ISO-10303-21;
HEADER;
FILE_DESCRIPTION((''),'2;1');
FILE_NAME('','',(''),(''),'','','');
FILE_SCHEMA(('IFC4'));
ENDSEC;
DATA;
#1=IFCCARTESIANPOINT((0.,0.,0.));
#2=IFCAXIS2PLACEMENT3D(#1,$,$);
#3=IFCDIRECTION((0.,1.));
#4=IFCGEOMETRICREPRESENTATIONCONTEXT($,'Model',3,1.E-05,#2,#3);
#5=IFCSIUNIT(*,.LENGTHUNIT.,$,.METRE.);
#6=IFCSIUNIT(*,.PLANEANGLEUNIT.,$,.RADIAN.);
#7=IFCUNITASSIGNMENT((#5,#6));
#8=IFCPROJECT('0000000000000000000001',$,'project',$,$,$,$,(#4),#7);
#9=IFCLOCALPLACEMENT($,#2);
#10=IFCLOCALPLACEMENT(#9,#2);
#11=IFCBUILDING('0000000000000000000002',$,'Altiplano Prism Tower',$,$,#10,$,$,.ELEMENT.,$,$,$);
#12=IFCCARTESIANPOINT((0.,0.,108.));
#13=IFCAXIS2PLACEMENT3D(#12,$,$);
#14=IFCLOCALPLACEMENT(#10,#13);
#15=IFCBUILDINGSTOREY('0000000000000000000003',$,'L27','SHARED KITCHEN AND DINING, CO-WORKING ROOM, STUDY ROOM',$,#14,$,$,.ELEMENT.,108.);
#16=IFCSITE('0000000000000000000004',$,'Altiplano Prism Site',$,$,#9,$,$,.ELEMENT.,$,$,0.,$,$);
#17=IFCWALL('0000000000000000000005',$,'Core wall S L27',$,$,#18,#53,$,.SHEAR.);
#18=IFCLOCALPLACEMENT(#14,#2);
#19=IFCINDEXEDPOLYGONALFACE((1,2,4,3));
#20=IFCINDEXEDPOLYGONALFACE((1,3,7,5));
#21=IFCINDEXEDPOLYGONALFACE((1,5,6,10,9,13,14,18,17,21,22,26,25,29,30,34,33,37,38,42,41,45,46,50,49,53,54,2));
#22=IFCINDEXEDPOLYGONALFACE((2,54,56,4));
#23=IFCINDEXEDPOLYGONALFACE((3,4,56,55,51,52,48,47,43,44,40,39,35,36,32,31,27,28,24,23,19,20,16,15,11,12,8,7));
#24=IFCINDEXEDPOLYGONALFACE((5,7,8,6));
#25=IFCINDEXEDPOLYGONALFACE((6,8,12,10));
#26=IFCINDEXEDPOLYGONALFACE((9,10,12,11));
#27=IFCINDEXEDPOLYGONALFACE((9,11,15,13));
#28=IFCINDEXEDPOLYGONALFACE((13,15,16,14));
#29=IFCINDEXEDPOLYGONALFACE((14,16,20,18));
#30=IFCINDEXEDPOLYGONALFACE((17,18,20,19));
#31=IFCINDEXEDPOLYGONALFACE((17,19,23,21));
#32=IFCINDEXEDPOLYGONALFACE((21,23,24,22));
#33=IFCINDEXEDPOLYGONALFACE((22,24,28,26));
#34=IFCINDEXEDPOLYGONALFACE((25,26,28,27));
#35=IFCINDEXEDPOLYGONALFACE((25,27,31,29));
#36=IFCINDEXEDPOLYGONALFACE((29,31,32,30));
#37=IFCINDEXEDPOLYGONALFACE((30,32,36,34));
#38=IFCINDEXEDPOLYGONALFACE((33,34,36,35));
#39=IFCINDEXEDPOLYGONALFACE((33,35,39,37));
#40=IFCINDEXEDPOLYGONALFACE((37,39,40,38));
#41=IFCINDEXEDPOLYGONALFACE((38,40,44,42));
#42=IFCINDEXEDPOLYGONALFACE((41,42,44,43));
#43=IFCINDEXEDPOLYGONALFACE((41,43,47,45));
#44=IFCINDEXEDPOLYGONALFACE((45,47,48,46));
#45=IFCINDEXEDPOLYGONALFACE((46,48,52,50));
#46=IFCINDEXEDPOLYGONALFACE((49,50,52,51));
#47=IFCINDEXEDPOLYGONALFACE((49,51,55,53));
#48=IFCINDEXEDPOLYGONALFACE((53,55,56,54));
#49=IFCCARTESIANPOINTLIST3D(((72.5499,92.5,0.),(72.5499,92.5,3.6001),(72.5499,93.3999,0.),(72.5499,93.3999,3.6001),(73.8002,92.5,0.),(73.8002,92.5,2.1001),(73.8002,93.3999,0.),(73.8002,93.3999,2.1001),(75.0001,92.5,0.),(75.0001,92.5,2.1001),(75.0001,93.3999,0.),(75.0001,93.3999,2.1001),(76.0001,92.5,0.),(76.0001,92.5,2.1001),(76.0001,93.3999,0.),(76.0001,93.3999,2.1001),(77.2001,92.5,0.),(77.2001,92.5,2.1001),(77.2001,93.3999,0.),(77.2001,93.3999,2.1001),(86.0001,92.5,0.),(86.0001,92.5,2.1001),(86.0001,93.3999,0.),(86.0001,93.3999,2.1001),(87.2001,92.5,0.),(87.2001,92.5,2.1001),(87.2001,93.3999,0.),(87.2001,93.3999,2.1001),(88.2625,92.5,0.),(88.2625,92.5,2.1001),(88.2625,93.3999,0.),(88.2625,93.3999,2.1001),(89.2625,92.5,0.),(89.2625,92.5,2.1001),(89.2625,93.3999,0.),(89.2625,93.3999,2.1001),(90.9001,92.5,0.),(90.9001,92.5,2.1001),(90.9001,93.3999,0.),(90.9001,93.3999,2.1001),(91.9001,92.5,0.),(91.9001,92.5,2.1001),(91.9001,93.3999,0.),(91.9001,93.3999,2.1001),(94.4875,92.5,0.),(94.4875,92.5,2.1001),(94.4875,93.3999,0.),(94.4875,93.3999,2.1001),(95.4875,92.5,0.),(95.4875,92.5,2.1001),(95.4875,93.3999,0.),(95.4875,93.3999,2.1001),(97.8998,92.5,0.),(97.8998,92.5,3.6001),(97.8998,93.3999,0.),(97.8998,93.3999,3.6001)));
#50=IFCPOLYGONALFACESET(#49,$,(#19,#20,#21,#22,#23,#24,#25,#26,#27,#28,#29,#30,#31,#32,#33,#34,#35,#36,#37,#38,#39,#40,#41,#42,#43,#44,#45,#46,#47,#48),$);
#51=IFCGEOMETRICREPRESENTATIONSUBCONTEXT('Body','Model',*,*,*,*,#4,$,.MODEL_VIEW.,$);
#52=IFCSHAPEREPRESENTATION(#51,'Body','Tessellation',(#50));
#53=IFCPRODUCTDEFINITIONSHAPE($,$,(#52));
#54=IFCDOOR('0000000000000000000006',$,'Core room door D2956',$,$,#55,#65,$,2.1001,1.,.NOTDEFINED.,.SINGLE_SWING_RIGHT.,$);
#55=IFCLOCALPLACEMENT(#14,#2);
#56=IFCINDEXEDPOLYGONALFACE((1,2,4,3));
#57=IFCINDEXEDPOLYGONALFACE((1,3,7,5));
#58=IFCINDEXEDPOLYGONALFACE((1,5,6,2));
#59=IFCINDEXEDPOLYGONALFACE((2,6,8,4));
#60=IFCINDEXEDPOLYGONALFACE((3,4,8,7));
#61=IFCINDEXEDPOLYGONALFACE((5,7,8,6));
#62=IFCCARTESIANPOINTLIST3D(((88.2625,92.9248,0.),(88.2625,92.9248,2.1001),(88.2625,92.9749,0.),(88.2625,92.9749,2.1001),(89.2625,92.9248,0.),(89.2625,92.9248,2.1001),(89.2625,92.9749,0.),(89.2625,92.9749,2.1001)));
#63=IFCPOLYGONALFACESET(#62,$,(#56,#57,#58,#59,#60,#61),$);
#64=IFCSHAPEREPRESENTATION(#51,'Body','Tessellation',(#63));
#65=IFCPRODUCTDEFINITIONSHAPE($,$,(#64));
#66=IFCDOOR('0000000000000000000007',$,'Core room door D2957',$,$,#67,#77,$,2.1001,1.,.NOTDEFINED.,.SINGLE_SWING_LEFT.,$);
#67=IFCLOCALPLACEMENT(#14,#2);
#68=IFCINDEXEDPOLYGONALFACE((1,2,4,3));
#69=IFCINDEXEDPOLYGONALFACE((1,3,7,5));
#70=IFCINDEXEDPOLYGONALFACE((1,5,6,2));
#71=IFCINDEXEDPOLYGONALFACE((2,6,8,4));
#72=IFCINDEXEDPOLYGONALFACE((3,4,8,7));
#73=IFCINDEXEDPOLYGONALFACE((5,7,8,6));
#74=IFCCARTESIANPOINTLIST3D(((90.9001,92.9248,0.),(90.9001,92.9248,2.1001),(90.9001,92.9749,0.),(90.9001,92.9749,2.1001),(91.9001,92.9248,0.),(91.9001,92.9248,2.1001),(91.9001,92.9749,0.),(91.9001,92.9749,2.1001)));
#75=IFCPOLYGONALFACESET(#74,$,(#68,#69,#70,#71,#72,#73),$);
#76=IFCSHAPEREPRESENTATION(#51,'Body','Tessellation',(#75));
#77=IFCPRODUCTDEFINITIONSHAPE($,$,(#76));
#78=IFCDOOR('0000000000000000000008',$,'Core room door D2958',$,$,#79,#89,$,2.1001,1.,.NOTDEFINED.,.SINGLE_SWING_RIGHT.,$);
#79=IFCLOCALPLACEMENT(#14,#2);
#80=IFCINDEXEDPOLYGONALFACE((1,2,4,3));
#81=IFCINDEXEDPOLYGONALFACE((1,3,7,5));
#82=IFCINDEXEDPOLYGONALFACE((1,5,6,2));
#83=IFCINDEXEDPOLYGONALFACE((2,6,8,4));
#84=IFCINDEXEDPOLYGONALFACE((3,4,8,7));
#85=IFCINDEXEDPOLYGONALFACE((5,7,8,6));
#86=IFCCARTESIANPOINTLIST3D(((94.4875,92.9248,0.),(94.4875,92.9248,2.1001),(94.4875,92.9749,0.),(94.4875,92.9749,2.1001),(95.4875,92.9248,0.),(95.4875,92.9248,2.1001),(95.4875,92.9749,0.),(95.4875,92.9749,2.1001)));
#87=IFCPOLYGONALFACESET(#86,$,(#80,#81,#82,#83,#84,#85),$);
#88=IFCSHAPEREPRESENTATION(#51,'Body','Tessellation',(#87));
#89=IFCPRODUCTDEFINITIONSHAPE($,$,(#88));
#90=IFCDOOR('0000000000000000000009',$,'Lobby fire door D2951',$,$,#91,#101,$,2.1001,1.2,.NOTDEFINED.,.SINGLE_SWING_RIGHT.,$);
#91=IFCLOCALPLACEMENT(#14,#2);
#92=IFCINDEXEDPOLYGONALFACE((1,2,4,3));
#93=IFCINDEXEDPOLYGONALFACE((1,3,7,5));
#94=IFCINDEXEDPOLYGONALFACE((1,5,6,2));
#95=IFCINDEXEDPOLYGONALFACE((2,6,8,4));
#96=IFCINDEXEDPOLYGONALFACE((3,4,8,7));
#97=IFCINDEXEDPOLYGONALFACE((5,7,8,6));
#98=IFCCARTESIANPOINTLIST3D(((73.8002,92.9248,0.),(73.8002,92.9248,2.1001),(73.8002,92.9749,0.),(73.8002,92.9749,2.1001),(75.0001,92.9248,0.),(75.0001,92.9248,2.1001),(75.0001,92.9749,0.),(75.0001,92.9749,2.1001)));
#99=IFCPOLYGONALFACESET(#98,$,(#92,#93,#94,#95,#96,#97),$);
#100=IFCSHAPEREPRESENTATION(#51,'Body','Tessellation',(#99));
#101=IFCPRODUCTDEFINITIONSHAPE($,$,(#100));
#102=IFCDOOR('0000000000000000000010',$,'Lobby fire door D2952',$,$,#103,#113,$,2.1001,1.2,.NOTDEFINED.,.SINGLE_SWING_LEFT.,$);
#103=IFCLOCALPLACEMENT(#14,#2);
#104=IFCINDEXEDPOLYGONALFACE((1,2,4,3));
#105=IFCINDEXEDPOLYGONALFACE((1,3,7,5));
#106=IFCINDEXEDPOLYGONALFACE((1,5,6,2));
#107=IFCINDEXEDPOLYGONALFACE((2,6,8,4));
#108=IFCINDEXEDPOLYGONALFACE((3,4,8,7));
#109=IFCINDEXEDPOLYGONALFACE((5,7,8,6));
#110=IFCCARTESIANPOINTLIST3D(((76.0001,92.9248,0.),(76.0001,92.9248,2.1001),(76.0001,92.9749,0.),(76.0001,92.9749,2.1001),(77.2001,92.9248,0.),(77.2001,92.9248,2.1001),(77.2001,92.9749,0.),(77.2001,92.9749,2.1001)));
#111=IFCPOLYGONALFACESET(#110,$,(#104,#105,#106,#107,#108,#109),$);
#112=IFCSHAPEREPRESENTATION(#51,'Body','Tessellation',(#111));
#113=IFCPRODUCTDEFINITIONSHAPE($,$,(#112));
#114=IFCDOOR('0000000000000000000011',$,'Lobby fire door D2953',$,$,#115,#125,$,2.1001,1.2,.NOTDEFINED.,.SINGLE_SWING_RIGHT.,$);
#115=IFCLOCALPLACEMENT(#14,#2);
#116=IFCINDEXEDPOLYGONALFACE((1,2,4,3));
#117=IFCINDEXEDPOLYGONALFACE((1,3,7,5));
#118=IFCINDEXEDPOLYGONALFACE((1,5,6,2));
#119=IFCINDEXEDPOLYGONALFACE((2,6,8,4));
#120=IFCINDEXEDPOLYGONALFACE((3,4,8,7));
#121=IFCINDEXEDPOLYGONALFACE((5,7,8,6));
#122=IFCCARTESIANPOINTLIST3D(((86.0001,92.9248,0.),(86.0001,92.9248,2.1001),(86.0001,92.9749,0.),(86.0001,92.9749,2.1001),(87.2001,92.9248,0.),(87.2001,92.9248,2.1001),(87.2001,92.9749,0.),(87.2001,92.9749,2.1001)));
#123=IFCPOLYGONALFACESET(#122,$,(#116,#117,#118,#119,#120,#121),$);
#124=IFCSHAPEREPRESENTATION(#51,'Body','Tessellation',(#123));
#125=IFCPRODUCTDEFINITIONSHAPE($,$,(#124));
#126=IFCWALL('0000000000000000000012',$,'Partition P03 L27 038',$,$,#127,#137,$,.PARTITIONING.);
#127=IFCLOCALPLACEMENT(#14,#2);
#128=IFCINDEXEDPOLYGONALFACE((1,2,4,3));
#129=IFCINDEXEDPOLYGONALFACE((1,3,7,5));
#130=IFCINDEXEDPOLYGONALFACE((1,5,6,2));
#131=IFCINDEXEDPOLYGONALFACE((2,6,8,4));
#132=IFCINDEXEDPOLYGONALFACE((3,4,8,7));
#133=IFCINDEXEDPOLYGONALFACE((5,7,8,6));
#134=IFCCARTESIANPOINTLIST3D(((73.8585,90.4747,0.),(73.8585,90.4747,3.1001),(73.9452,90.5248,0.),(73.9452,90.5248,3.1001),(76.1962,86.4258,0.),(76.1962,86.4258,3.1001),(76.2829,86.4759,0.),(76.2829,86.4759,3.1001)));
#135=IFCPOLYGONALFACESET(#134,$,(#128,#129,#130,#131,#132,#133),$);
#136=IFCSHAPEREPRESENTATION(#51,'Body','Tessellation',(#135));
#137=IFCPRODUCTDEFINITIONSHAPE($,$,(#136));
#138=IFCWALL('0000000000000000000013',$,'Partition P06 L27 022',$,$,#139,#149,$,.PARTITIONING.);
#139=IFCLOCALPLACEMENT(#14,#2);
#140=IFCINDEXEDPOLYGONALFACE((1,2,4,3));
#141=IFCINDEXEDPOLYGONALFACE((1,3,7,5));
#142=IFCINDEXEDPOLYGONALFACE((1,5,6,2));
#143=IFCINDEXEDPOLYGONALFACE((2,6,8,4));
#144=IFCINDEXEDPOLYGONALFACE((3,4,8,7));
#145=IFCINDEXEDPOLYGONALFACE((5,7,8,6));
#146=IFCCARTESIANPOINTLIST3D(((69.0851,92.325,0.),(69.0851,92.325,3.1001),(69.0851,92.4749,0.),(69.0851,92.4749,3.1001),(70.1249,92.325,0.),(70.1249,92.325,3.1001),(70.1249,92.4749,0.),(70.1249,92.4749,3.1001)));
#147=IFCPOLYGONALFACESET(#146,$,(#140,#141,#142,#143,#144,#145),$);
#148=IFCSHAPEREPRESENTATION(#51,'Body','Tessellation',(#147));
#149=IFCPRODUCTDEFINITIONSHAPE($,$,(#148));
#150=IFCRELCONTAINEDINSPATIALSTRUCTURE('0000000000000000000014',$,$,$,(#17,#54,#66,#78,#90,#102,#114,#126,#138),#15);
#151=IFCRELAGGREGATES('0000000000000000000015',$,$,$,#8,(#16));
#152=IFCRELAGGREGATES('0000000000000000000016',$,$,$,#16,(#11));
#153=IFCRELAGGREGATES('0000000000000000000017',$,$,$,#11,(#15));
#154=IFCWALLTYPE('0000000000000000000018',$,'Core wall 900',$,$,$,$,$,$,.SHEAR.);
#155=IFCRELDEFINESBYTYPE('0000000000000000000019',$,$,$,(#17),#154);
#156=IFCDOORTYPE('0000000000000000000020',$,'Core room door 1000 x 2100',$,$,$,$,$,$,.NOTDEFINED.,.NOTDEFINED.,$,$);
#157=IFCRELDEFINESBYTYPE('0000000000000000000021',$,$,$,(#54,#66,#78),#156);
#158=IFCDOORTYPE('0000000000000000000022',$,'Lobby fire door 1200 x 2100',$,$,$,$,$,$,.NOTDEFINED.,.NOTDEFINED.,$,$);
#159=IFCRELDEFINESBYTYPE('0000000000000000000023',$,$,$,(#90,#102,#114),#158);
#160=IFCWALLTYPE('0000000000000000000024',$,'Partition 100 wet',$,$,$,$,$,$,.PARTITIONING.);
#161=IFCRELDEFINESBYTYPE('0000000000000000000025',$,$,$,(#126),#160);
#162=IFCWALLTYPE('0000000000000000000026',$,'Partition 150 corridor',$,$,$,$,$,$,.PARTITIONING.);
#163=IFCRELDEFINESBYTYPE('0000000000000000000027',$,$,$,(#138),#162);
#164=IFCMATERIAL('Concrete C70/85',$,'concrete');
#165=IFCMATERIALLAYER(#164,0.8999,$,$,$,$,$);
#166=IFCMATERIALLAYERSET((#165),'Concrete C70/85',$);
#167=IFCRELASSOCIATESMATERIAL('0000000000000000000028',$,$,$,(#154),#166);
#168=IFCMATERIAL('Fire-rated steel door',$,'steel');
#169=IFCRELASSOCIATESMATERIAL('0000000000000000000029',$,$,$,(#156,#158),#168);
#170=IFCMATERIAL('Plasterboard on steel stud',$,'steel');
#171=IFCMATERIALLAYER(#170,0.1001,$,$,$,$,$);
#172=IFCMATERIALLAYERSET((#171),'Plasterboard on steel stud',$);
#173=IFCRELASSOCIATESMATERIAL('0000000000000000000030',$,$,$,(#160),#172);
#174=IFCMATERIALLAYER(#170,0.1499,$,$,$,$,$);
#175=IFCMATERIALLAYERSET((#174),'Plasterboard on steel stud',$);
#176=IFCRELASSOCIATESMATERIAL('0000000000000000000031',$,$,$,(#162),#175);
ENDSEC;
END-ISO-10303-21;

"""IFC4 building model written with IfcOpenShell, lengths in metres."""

from ifc_helpers import new_model, si_unit, direction, frame, frame_2d, origin, place, context, subcontext, project, spatial, rectangle, extrude, material, layer, layer_set, type_object, element, fill, save


model = new_model("IFC4")

# Units and contexts
model_context = context("Model", 3, precision=1e-05, world=origin(), true_north=direction((0.0, 1.0)))
body_context = subcontext(model_context, "Body", "Model", "MODEL_VIEW")
ifc_project = project(units=[si_unit("LENGTHUNIT", "METRE"), si_unit("PLANEANGLEUNIT", "RADIAN")], contexts=[model_context])

# Site, building, storey
site_placement = place(None, origin())
site = spatial("IfcSite", under=ifc_project, at=site_placement, Name="Altiplano Prism Site", CompositionType="ELEMENT", RefElevation=0.0)
building_placement = place(site_placement, origin())
building = spatial("IfcBuilding", under=site, at=building_placement, Name="Altiplano Prism Tower", CompositionType="ELEMENT")
storey_placement = place(building_placement, frame((0.0, 0.0, 108.0)))
storey = spatial("IfcBuildingStorey", under=building, at=storey_placement, Name="L27", Description="SHARED KITCHEN AND DINING, CO-WORKING ROOM, STUDY ROOM", CompositionType="ELEMENT", Elevation=108.0)

# Wall, openings, doors
ifc_material_1 = material(Name="Concrete C70/85", Category="concrete")
ifc_layer_1 = layer(ifc_material_1, 0.8999)
ifc_layer_set_1 = layer_set([ifc_layer_1], Name="Concrete C70/85")
wall_type_1 = type_object("IfcWallType", Name="Core wall 900", PredefinedType="SHEAR", material=ifc_layer_set_1)
wall_1_placement = place(storey_placement, frame((72.55, 92.95, 0.0), z_axis=(0.0, 0.0, 1.0), x_axis=(1.0, 0.0, 0.0)))
wall_1 = element("IfcWall", 1, at=wall_1_placement, inside=storey, type_object=wall_type_1, Name="Core wall S L27", PredefinedType="SHEAR", context=body_context, shape_type="SweptSolid", body=[
    extrude(rectangle(XDim=25.3499, YDim=0.8999, at=frame_2d((12.6748, 0.0))), origin(), (0.0, 0.0, 1.0), 3.6001),
])
opening_1_placement = place(wall_1_placement, frame((1.25, 0.0, 0.0)))
opening_1 = element("IfcOpeningElement", 2, at=opening_1_placement, cuts=wall_1, PredefinedType="OPENING", context=body_context, shape_type="SweptSolid", body=[
    extrude(rectangle(XDim=1.2, YDim=2.1001, at=frame_2d((0.6001, 1.05))), frame((0.0, 0.4604, 0.0), z_axis=(0.0, -1.0, 0.0), x_axis=(1.0, 0.0, 0.0)), (0.0, 0.0, 1.0), 0.9209),
])
opening_2_placement = place(wall_1_placement, frame((3.45, 0.0, 0.0)))
opening_2 = element("IfcOpeningElement", 3, at=opening_2_placement, cuts=wall_1, PredefinedType="OPENING", context=body_context, shape_type="SweptSolid", body=[
    extrude(rectangle(XDim=1.2, YDim=2.1001, at=frame_2d((0.6001, 1.05))), frame((0.0, 0.4604, 0.0), z_axis=(0.0, -1.0, 0.0), x_axis=(1.0, 0.0, 0.0)), (0.0, 0.0, 1.0), 0.9209),
])
opening_3_placement = place(wall_1_placement, frame((13.45, 0.0, 0.0)))
opening_3 = element("IfcOpeningElement", 4, at=opening_3_placement, cuts=wall_1, PredefinedType="OPENING", context=body_context, shape_type="SweptSolid", body=[
    extrude(rectangle(XDim=1.2, YDim=2.1001, at=frame_2d((0.6001, 1.05))), frame((0.0, 0.4604, 0.0), z_axis=(0.0, -1.0, 0.0), x_axis=(1.0, 0.0, 0.0)), (0.0, 0.0, 1.0), 0.9209),
])
opening_4_placement = place(wall_1_placement, frame((15.7124, 0.0, 0.0)))
opening_4 = element("IfcOpeningElement", 5, at=opening_4_placement, cuts=wall_1, PredefinedType="OPENING", context=body_context, shape_type="SweptSolid", body=[
    extrude(rectangle(XDim=1.0, YDim=2.1001, at=frame_2d((0.5, 1.05))), frame((0.0, 0.4604, 0.0), z_axis=(0.0, -1.0, 0.0), x_axis=(1.0, 0.0, 0.0)), (0.0, 0.0, 1.0), 0.9209),
])
opening_5_placement = place(wall_1_placement, frame((18.3501, 0.0, 0.0)))
opening_5 = element("IfcOpeningElement", 6, at=opening_5_placement, cuts=wall_1, PredefinedType="OPENING", context=body_context, shape_type="SweptSolid", body=[
    extrude(rectangle(XDim=1.0, YDim=2.1001, at=frame_2d((0.5, 1.05))), frame((0.0, 0.4604, 0.0), z_axis=(0.0, -1.0, 0.0), x_axis=(1.0, 0.0, 0.0)), (0.0, 0.0, 1.0), 0.9209),
])
opening_6_placement = place(wall_1_placement, frame((21.9375, 0.0, 0.0)))
opening_6 = element("IfcOpeningElement", 7, at=opening_6_placement, cuts=wall_1, PredefinedType="OPENING", context=body_context, shape_type="SweptSolid", body=[
    extrude(rectangle(XDim=1.0, YDim=2.1001, at=frame_2d((0.5, 1.05))), frame((0.0, 0.4604, 0.0), z_axis=(0.0, -1.0, 0.0), x_axis=(1.0, 0.0, 0.0)), (0.0, 0.0, 1.0), 0.9209),
])
ifc_material_2 = material(Name="Fire-rated steel door", Category="steel")
door_type_1 = type_object("IfcDoorType", Name="Core room door 1000 x 2100", OperationType="NOTDEFINED", PredefinedType="NOTDEFINED", material=ifc_material_2)
door_1_placement = place(opening_4_placement, origin())
door_1 = element("IfcDoor", 8, at=door_1_placement, inside=storey, type_object=door_type_1, Name="Core room door D2956", OperationType="SINGLE_SWING_RIGHT", OverallHeight=2.1001, OverallWidth=1.0, PredefinedType="NOTDEFINED", context=body_context, shape_type="SweptSolid", body=[
    extrude(rectangle(XDim=1.0, YDim=2.1001, at=frame_2d((0.5, 1.05))), frame((0.0, 0.0249, 0.0), z_axis=(0.0, -1.0, 0.0), x_axis=(1.0, 0.0, 0.0)), (0.0, 0.0, 1.0), 0.05),
])
fill(opening_4, door_1)
door_2_placement = place(opening_5_placement, origin())
door_2 = element("IfcDoor", 9, at=door_2_placement, inside=storey, type_object=door_type_1, Name="Core room door D2957", OperationType="SINGLE_SWING_LEFT", OverallHeight=2.1001, OverallWidth=1.0, PredefinedType="NOTDEFINED", context=body_context, shape_type="SweptSolid", body=[
    extrude(rectangle(XDim=1.0, YDim=2.1001, at=frame_2d((0.5, 1.05))), frame((0.0, 0.0249, 0.0), z_axis=(0.0, -1.0, 0.0), x_axis=(1.0, 0.0, 0.0)), (0.0, 0.0, 1.0), 0.05),
])
fill(opening_5, door_2)
door_3_placement = place(opening_6_placement, origin())
door_3 = element("IfcDoor", 10, at=door_3_placement, inside=storey, type_object=door_type_1, Name="Core room door D2958", OperationType="SINGLE_SWING_RIGHT", OverallHeight=2.1001, OverallWidth=1.0, PredefinedType="NOTDEFINED", context=body_context, shape_type="SweptSolid", body=[
    extrude(rectangle(XDim=1.0, YDim=2.1001, at=frame_2d((0.5, 1.05))), frame((0.0, 0.0249, 0.0), z_axis=(0.0, -1.0, 0.0), x_axis=(1.0, 0.0, 0.0)), (0.0, 0.0, 1.0), 0.05),
])
fill(opening_6, door_3)
door_type_2 = type_object("IfcDoorType", Name="Lobby fire door 1200 x 2100", OperationType="NOTDEFINED", PredefinedType="NOTDEFINED", material=ifc_material_2)
door_4_placement = place(opening_1_placement, origin())
door_4 = element("IfcDoor", 11, at=door_4_placement, inside=storey, type_object=door_type_2, Name="Lobby fire door D2951", OperationType="SINGLE_SWING_RIGHT", OverallHeight=2.1001, OverallWidth=1.2, PredefinedType="NOTDEFINED", context=body_context, shape_type="SweptSolid", body=[
    extrude(rectangle(XDim=1.2, YDim=2.1001, at=frame_2d((0.6001, 1.05))), frame((0.0, 0.0249, 0.0), z_axis=(0.0, -1.0, 0.0), x_axis=(1.0, 0.0, 0.0)), (0.0, 0.0, 1.0), 0.05),
])
fill(opening_1, door_4)
door_5_placement = place(opening_2_placement, origin())
door_5 = element("IfcDoor", 12, at=door_5_placement, inside=storey, type_object=door_type_2, Name="Lobby fire door D2952", OperationType="SINGLE_SWING_LEFT", OverallHeight=2.1001, OverallWidth=1.2, PredefinedType="NOTDEFINED", context=body_context, shape_type="SweptSolid", body=[
    extrude(rectangle(XDim=1.2, YDim=2.1001, at=frame_2d((0.6001, 1.05))), frame((0.0, 0.0249, 0.0), z_axis=(0.0, -1.0, 0.0), x_axis=(1.0, 0.0, 0.0)), (0.0, 0.0, 1.0), 0.05),
])
fill(opening_2, door_5)
door_6_placement = place(opening_3_placement, origin())
door_6 = element("IfcDoor", 13, at=door_6_placement, inside=storey, type_object=door_type_2, Name="Lobby fire door D2953", OperationType="SINGLE_SWING_RIGHT", OverallHeight=2.1001, OverallWidth=1.2, PredefinedType="NOTDEFINED", context=body_context, shape_type="SweptSolid", body=[
    extrude(rectangle(XDim=1.2, YDim=2.1001, at=frame_2d((0.6001, 1.05))), frame((0.0, 0.0249, 0.0), z_axis=(0.0, -1.0, 0.0), x_axis=(1.0, 0.0, 0.0)), (0.0, 0.0, 1.0), 0.05),
])
fill(opening_3, door_6)

# Walls
ifc_material_3 = material(Name="Plasterboard on steel stud", Category="steel")
ifc_layer_2 = layer(ifc_material_3, 0.1001)
ifc_layer_set_2 = layer_set([ifc_layer_2], Name="Plasterboard on steel stud")
wall_type_2 = type_object("IfcWallType", Name="Partition 100 wet", PredefinedType="PARTITIONING", material=ifc_layer_set_2)
wall_2_placement = place(storey_placement, frame((73.9019, 90.4998, 0.0), z_axis=(0.0, 0.0, 1.0), x_axis=(0.500009, -0.86602, 0.0)))
element("IfcWall", 14, at=wall_2_placement, inside=storey, type_object=wall_type_2, Name="Partition P03 L27 038", PredefinedType="PARTITIONING", context=body_context, shape_type="SweptSolid", body=[
    extrude(rectangle(XDim=4.6753, YDim=0.1001, at=frame_2d((2.3376, 0.0))), origin(), (0.0, 0.0, 1.0), 3.1001),
])
ifc_layer_3 = layer(ifc_material_3, 0.1499)
ifc_layer_set_3 = layer_set([ifc_layer_3], Name="Plasterboard on steel stud")
wall_type_3 = type_object("IfcWallType", Name="Partition 150 corridor", PredefinedType="PARTITIONING", material=ifc_layer_set_3)
wall_3_placement = place(storey_placement, frame((70.125, 92.3999, 0.0), z_axis=(0.0, 0.0, 1.0), x_axis=(-1.0, 0.0, 0.0)))
element("IfcWall", 15, at=wall_3_placement, inside=storey, type_object=wall_type_3, Name="Partition P06 L27 022", PredefinedType="PARTITIONING", context=body_context, shape_type="SweptSolid", body=[
    extrude(rectangle(XDim=1.0398, YDim=0.1499, at=frame_2d((0.52, 0.0))), origin(), (0.0, 0.0, 1.0), 3.1001),
])

save(model, "model.ifc")
